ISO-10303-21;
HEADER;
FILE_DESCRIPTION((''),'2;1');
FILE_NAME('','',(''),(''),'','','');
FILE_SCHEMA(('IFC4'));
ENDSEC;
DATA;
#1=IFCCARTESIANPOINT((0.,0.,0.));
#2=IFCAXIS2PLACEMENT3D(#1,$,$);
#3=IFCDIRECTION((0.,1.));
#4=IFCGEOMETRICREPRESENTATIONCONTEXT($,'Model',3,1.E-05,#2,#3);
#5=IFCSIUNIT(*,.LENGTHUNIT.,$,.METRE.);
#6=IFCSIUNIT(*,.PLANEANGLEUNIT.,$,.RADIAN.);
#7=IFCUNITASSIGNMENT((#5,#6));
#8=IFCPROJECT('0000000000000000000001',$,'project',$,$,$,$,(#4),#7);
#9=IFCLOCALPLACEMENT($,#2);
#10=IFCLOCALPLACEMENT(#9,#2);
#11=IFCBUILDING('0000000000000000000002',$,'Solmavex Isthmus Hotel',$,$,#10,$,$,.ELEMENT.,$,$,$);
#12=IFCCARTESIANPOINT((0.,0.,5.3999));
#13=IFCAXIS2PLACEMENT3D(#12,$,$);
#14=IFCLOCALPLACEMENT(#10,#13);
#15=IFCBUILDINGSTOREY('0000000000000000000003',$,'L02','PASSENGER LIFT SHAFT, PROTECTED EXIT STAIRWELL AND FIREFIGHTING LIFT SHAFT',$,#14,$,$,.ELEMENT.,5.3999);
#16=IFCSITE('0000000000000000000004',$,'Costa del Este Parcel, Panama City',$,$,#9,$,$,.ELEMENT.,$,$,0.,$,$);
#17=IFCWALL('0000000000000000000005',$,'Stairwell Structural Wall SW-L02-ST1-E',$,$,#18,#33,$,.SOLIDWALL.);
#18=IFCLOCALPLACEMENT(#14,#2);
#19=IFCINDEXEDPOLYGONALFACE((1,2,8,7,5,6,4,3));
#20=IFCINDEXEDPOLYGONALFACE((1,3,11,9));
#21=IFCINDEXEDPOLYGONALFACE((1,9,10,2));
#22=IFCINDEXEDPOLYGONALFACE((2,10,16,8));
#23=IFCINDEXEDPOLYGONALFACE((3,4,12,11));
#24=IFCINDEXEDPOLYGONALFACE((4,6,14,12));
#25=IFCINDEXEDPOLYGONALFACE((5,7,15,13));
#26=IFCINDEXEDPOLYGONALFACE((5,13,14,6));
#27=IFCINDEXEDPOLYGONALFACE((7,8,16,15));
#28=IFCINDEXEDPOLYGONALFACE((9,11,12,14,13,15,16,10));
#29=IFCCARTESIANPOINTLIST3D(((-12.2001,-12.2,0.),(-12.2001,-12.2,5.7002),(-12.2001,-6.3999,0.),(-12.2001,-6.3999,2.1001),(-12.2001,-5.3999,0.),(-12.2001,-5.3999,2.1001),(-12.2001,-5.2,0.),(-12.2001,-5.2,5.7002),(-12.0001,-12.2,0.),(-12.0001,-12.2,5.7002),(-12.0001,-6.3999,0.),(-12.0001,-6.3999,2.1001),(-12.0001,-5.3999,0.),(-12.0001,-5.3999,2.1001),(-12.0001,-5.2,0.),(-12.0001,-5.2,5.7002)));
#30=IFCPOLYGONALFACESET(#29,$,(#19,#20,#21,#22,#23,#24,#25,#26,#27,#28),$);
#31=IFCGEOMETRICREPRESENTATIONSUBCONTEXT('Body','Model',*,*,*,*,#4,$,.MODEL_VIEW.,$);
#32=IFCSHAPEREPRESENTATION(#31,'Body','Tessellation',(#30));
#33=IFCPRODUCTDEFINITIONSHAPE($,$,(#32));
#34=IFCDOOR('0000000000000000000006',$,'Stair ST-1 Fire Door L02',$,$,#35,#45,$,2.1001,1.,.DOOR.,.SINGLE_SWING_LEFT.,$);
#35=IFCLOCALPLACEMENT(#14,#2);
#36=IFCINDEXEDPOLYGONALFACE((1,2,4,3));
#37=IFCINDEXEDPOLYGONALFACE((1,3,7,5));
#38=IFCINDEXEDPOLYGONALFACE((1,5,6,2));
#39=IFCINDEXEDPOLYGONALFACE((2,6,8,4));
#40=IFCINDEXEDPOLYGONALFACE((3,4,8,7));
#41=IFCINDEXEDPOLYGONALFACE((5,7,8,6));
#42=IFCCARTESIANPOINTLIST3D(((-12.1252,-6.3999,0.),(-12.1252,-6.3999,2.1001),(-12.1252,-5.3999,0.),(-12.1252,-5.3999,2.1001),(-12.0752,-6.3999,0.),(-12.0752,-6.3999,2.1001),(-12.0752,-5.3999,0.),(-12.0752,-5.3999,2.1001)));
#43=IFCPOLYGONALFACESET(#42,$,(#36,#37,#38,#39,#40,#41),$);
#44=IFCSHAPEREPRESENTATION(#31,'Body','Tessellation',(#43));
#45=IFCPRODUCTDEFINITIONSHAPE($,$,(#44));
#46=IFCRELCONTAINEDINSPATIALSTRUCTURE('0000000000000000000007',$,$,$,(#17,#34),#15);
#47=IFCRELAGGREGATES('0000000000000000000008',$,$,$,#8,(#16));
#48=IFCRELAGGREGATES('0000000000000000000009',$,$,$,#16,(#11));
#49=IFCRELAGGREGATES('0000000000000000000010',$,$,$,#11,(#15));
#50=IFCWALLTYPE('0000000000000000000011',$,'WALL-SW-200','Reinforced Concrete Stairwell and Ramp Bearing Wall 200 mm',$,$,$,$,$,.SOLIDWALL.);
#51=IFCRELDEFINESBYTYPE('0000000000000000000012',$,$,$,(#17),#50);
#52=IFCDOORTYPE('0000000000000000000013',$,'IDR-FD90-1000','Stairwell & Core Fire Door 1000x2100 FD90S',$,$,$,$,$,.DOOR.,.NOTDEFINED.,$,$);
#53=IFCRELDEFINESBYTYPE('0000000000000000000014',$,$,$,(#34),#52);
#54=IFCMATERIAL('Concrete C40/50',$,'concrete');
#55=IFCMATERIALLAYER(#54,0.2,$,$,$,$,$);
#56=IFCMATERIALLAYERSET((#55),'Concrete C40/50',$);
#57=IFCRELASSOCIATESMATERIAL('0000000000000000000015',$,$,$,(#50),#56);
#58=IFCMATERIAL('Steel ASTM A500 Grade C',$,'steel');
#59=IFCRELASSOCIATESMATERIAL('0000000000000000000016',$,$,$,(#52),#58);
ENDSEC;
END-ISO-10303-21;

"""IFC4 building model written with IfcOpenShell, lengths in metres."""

from ifc_helpers import new_model, si_unit, direction, frame, frame_2d, origin, place, context, subcontext, project, spatial, rectangle, extrude, material, layer, layer_set, type_object, element, fill, save


model = new_model("IFC4")

# Units and contexts
model_context = context("Model", 3, precision=1e-05, world=origin(), true_north=direction((0.0, 1.0)))
body_context = subcontext(model_context, "Body", "Model", "MODEL_VIEW")
ifc_project = project(units=[si_unit("LENGTHUNIT", "METRE"), si_unit("PLANEANGLEUNIT", "RADIAN")], contexts=[model_context])

# Site, building, storey
site_placement = place(None, origin())
site = spatial("IfcSite", under=ifc_project, at=site_placement, Name="Costa del Este Parcel, Panama City", CompositionType="ELEMENT", RefElevation=0.0)
building_placement = place(site_placement, origin())
building = spatial("IfcBuilding", under=site, at=building_placement, Name="Solmavex Isthmus Hotel", CompositionType="ELEMENT")
storey_placement = place(building_placement, frame((0.0, 0.0, 5.3999)))
storey = spatial("IfcBuildingStorey", under=building, at=storey_placement, Name="L02", Description="PASSENGER LIFT SHAFT, PROTECTED EXIT STAIRWELL AND FIREFIGHTING LIFT SHAFT", CompositionType="ELEMENT", Elevation=5.3999)

# Shared definitions
ifc_material_1 = material(Name="Concrete C40/50", Category="concrete")
ifc_layer_1 = layer(ifc_material_1, 0.2)
ifc_layer_set_1 = layer_set([ifc_layer_1], Name="Concrete C40/50")
wall_type_1 = type_object("IfcWallType", Name="WALL-SW-200", Description="Reinforced Concrete Stairwell and Ramp Bearing Wall 200 mm", PredefinedType="SOLIDWALL", material=ifc_layer_set_1)

# Wall, opening, door
wall_1_placement = place(storey_placement, frame((-12.1001, -12.2, 0.0), z_axis=(0.0, 0.0, 1.0), x_axis=(0.0, 1.0, 0.0)))
wall_1 = element("IfcWall", 1, at=wall_1_placement, inside=storey, type_object=wall_type_1, Name="Stairwell Structural Wall SW-L02-ST1-E", PredefinedType="SOLIDWALL", context=body_context, shape_type="SweptSolid", body=[
    extrude(rectangle(XDim=7.0, YDim=0.2, at=frame_2d((3.5, 0.0))), origin(), (0.0, 0.0, 1.0), 5.7002),
])
opening_placement = place(wall_1_placement, frame((5.8, 0.0, 0.0)))
opening = element("IfcOpeningElement", 2, at=opening_placement, cuts=wall_1, PredefinedType="OPENING", context=body_context, shape_type="SweptSolid", body=[
    extrude(rectangle(XDim=1.0, YDim=2.1001, at=frame_2d((0.5, 1.05))), frame((0.0, 0.1099, 0.0), z_axis=(0.0, -1.0, 0.0), x_axis=(1.0, 0.0, 0.0)), (0.0, 0.0, 1.0), 0.22),
])
ifc_material_2 = material(Name="Steel ASTM A500 Grade C", Category="steel")
door_type = type_object("IfcDoorType", Name="IDR-FD90-1000", Description="Stairwell & Core Fire Door 1000x2100 FD90S", OperationType="NOTDEFINED", PredefinedType="DOOR", material=ifc_material_2)
door_placement = place(opening_placement, frame((1.0, 0.0, 0.0), z_axis=(0.0, 0.0, 1.0), x_axis=(-1.0, 0.0, 0.0)))
door = element("IfcDoor", 3, at=door_placement, inside=storey, type_object=door_type, Name="Stair ST-1 Fire Door L02", OperationType="SINGLE_SWING_LEFT", OverallHeight=2.1001, OverallWidth=1.0, PredefinedType="DOOR", context=body_context, shape_type="SweptSolid", body=[
    extrude(rectangle(XDim=1.0, YDim=2.1001, at=frame_2d((0.5, 1.05))), frame((0.0, 0.0249, 0.0), z_axis=(0.0, -1.0, 0.0), x_axis=(1.0, 0.0, 0.0)), (0.0, 0.0, 1.0), 0.05),
])
fill(opening, door)

save(model, "model.ifc")
